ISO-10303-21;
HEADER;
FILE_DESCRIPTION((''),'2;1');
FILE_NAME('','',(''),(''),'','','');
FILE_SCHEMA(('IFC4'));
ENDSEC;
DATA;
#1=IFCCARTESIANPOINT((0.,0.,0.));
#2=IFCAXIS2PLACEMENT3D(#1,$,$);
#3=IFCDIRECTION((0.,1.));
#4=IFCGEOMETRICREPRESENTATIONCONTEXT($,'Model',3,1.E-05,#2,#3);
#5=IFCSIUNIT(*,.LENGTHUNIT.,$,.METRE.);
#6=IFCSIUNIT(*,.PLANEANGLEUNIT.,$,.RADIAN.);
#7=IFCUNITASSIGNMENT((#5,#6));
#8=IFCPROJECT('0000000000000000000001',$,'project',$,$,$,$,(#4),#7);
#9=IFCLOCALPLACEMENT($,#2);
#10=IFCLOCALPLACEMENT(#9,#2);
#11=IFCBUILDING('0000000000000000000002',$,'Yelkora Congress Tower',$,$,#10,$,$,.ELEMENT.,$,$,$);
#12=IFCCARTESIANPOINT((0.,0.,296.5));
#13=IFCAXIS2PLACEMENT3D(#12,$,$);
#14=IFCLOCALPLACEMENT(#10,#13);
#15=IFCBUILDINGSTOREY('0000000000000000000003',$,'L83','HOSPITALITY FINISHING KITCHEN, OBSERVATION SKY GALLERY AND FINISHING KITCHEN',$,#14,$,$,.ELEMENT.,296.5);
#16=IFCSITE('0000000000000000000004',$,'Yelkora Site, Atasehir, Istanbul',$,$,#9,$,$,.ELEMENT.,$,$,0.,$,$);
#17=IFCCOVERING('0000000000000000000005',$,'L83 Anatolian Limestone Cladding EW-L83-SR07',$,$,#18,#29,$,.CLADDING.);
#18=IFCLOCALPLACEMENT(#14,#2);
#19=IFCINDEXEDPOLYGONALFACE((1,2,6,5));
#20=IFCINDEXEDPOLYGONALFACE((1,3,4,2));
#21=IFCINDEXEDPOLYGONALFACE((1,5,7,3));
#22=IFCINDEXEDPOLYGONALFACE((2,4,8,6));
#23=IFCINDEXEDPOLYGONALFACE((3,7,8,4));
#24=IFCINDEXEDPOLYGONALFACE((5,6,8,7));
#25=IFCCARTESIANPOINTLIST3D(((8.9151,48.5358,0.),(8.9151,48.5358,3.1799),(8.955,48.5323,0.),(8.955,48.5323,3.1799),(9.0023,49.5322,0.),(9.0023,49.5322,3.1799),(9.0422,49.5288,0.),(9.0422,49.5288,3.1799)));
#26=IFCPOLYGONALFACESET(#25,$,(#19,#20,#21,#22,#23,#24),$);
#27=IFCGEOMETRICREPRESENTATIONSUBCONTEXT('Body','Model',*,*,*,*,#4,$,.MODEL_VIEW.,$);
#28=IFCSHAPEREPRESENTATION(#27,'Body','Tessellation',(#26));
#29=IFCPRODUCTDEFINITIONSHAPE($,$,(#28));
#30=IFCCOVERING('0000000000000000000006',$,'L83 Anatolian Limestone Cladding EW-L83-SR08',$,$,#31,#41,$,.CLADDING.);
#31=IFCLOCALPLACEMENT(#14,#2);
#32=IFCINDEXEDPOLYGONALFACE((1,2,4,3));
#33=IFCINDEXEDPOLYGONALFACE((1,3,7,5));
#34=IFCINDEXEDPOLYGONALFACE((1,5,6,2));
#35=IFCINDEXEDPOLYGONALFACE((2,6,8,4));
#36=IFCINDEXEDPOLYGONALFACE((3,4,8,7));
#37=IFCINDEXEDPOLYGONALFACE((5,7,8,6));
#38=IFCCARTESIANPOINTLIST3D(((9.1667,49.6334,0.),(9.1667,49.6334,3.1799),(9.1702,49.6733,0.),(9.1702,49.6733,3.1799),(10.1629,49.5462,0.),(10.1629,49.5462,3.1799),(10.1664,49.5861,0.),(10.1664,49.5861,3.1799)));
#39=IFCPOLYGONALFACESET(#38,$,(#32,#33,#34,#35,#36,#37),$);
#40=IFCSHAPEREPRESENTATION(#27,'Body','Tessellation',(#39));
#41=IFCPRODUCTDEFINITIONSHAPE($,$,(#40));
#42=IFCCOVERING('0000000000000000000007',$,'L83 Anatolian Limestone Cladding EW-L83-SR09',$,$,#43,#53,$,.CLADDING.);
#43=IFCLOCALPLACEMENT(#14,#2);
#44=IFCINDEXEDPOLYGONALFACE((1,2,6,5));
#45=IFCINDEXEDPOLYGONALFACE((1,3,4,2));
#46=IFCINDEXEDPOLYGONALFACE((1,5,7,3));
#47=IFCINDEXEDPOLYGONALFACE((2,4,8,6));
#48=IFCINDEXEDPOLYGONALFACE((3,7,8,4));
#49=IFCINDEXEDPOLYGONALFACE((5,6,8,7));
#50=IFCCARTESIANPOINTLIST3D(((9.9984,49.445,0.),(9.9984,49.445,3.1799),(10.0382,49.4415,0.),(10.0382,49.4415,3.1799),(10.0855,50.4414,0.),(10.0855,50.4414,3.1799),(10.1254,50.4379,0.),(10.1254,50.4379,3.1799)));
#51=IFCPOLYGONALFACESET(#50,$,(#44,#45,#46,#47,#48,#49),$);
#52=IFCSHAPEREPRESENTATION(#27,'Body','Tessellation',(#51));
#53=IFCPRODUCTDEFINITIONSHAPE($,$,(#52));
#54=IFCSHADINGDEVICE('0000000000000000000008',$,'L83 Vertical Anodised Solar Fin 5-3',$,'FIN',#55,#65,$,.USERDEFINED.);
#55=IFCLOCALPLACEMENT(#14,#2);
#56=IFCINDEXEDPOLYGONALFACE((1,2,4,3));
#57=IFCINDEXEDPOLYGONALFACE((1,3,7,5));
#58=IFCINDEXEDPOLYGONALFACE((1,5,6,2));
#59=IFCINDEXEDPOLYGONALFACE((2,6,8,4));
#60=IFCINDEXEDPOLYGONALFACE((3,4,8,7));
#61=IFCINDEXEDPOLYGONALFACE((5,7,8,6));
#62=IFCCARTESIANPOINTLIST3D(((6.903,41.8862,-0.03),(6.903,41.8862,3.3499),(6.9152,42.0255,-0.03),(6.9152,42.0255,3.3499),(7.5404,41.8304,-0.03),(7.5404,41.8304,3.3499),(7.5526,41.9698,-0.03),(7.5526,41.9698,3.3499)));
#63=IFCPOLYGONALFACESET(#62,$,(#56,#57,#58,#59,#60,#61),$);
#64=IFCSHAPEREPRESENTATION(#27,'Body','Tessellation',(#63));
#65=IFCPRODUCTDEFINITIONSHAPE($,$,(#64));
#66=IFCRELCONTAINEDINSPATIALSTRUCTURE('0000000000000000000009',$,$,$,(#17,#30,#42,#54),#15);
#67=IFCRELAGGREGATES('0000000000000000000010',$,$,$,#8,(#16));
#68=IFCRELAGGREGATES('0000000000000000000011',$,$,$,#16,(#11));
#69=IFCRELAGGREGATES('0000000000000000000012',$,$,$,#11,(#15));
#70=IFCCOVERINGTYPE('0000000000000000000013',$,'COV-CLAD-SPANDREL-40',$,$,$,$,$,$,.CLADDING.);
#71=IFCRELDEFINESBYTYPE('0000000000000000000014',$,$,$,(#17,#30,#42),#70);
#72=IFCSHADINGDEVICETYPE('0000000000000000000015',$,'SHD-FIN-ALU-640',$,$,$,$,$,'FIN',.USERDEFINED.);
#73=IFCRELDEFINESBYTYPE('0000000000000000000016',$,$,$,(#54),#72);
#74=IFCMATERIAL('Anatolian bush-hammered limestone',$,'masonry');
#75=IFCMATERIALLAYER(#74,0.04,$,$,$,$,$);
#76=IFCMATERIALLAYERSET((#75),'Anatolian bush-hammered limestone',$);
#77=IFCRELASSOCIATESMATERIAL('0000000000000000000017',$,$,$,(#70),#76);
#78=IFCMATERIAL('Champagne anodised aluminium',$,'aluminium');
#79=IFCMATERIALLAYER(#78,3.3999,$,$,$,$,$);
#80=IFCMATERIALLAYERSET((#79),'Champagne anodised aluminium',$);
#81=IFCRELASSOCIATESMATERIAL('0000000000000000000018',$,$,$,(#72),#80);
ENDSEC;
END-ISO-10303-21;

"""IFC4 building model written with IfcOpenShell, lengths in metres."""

from ifc_helpers import new_model, si_unit, direction, frame, frame_2d, origin, origin_2d, place, context, subcontext, project, spatial, rectangle, extrude, material, layer, layer_set, type_object, element, save


model = new_model("IFC4")

# Units and contexts
model_context = context("Model", 3, precision=1e-05, world=origin(), true_north=direction((0.0, 1.0)))
body_context = subcontext(model_context, "Body", "Model", "MODEL_VIEW")
ifc_project = project(units=[si_unit("LENGTHUNIT", "METRE"), si_unit("PLANEANGLEUNIT", "RADIAN")], contexts=[model_context])

# Site, building, storey
site_placement = place(None, origin())
site = spatial("IfcSite", under=ifc_project, at=site_placement, Name="Yelkora Site, Atasehir, Istanbul", CompositionType="ELEMENT", RefElevation=0.0)
building_placement = place(site_placement, origin())
building = spatial("IfcBuilding", under=site, at=building_placement, Name="Yelkora Congress Tower", CompositionType="ELEMENT")
storey_placement = place(building_placement, frame((0.0, 0.0, 296.5)))
storey = spatial("IfcBuildingStorey", under=building, at=storey_placement, Name="L83", Description="HOSPITALITY FINISHING KITCHEN, OBSERVATION SKY GALLERY AND FINISHING KITCHEN", CompositionType="ELEMENT", Elevation=296.5)

# Coverings
ifc_material_1 = material(Name="Anatolian bush-hammered limestone", Category="masonry")
ifc_layer_1 = layer(ifc_material_1, 0.04)
ifc_layer_set_1 = layer_set([ifc_layer_1], Name="Anatolian bush-hammered limestone")
covering_type = type_object("IfcCoveringType", Name="COV-CLAD-SPANDREL-40", PredefinedType="CLADDING", material=ifc_layer_set_1)
for number, where, z_axis, x_axis, name in (
    (1, (8.9351, 48.5342, 0.0), (0.0, 0.0, 1.0), (0.087146, 0.996196, 0.0), "L83 Anatolian Limestone Cladding EW-L83-SR07"),
):
    element("IfcCovering", number, at=place(storey_placement, frame(where, z_axis=z_axis, x_axis=x_axis)), inside=storey, type_object=covering_type, Name=name, PredefinedType="CLADDING", context=body_context, shape_type="SweptSolid", body=[
        extrude(rectangle(XDim=1.0002, YDim=0.04, at=frame_2d((0.5, 0.0))), origin(), (0.0, 0.0, 1.0), 3.1799),
    ])
covering_1_placement = place(storey_placement, frame((9.1685, 49.6533, 0.0), z_axis=(0.0, 0.0, 1.0), x_axis=(0.996194, -0.087167, 0.0)))
element("IfcCovering", 2, at=covering_1_placement, inside=storey, type_object=covering_type, Name="L83 Anatolian Limestone Cladding EW-L83-SR08", PredefinedType="CLADDING", context=body_context, shape_type="SweptSolid", body=[
    extrude(rectangle(XDim=1.0, YDim=0.04, at=frame_2d((0.5, 0.0))), origin(), (0.0, 0.0, 1.0), 3.1799),
])
covering_2_placement = place(storey_placement, frame((10.0183, 49.4434, 0.0), z_axis=(0.0, 0.0, 1.0), x_axis=(0.087146, 0.996196, 0.0)))
element("IfcCovering", 3, at=covering_2_placement, inside=storey, type_object=covering_type, Name="L83 Anatolian Limestone Cladding EW-L83-SR09", PredefinedType="CLADDING", context=body_context, shape_type="SweptSolid", body=[
    extrude(rectangle(XDim=1.0002, YDim=0.04, at=frame_2d((0.5, 0.0))), origin(), (0.0, 0.0, 1.0), 3.1799),
])

# Shading device
ifc_material_2 = material(Name="Champagne anodised aluminium", Category="aluminium")
ifc_layer_2 = layer(ifc_material_2, 3.3999)
ifc_layer_set_2 = layer_set([ifc_layer_2], Name="Champagne anodised aluminium")
shading_device_type = type_object("IfcShadingDeviceType", Name="SHD-FIN-ALU-640", ElementType="FIN", PredefinedType="USERDEFINED", material=ifc_layer_set_2)
shading_device_placement = place(storey_placement, frame((7.2278, 41.928, -0.03), z_axis=(0.0, 0.0, 1.0), x_axis=(0.087156, 0.996195, 0.0)))
element("IfcShadingDevice", 4, at=shading_device_placement, inside=storey, type_object=shading_device_type, Name="L83 Vertical Anodised Solar Fin 5-3", ObjectType="FIN", PredefinedType="USERDEFINED", context=body_context, shape_type="SweptSolid", body=[
    extrude(rectangle(XDim=0.1399, YDim=0.6399, at=origin_2d()), origin(), (0.0, 0.0, 1.0), 3.3799),
])

save(model, "model.ifc")
